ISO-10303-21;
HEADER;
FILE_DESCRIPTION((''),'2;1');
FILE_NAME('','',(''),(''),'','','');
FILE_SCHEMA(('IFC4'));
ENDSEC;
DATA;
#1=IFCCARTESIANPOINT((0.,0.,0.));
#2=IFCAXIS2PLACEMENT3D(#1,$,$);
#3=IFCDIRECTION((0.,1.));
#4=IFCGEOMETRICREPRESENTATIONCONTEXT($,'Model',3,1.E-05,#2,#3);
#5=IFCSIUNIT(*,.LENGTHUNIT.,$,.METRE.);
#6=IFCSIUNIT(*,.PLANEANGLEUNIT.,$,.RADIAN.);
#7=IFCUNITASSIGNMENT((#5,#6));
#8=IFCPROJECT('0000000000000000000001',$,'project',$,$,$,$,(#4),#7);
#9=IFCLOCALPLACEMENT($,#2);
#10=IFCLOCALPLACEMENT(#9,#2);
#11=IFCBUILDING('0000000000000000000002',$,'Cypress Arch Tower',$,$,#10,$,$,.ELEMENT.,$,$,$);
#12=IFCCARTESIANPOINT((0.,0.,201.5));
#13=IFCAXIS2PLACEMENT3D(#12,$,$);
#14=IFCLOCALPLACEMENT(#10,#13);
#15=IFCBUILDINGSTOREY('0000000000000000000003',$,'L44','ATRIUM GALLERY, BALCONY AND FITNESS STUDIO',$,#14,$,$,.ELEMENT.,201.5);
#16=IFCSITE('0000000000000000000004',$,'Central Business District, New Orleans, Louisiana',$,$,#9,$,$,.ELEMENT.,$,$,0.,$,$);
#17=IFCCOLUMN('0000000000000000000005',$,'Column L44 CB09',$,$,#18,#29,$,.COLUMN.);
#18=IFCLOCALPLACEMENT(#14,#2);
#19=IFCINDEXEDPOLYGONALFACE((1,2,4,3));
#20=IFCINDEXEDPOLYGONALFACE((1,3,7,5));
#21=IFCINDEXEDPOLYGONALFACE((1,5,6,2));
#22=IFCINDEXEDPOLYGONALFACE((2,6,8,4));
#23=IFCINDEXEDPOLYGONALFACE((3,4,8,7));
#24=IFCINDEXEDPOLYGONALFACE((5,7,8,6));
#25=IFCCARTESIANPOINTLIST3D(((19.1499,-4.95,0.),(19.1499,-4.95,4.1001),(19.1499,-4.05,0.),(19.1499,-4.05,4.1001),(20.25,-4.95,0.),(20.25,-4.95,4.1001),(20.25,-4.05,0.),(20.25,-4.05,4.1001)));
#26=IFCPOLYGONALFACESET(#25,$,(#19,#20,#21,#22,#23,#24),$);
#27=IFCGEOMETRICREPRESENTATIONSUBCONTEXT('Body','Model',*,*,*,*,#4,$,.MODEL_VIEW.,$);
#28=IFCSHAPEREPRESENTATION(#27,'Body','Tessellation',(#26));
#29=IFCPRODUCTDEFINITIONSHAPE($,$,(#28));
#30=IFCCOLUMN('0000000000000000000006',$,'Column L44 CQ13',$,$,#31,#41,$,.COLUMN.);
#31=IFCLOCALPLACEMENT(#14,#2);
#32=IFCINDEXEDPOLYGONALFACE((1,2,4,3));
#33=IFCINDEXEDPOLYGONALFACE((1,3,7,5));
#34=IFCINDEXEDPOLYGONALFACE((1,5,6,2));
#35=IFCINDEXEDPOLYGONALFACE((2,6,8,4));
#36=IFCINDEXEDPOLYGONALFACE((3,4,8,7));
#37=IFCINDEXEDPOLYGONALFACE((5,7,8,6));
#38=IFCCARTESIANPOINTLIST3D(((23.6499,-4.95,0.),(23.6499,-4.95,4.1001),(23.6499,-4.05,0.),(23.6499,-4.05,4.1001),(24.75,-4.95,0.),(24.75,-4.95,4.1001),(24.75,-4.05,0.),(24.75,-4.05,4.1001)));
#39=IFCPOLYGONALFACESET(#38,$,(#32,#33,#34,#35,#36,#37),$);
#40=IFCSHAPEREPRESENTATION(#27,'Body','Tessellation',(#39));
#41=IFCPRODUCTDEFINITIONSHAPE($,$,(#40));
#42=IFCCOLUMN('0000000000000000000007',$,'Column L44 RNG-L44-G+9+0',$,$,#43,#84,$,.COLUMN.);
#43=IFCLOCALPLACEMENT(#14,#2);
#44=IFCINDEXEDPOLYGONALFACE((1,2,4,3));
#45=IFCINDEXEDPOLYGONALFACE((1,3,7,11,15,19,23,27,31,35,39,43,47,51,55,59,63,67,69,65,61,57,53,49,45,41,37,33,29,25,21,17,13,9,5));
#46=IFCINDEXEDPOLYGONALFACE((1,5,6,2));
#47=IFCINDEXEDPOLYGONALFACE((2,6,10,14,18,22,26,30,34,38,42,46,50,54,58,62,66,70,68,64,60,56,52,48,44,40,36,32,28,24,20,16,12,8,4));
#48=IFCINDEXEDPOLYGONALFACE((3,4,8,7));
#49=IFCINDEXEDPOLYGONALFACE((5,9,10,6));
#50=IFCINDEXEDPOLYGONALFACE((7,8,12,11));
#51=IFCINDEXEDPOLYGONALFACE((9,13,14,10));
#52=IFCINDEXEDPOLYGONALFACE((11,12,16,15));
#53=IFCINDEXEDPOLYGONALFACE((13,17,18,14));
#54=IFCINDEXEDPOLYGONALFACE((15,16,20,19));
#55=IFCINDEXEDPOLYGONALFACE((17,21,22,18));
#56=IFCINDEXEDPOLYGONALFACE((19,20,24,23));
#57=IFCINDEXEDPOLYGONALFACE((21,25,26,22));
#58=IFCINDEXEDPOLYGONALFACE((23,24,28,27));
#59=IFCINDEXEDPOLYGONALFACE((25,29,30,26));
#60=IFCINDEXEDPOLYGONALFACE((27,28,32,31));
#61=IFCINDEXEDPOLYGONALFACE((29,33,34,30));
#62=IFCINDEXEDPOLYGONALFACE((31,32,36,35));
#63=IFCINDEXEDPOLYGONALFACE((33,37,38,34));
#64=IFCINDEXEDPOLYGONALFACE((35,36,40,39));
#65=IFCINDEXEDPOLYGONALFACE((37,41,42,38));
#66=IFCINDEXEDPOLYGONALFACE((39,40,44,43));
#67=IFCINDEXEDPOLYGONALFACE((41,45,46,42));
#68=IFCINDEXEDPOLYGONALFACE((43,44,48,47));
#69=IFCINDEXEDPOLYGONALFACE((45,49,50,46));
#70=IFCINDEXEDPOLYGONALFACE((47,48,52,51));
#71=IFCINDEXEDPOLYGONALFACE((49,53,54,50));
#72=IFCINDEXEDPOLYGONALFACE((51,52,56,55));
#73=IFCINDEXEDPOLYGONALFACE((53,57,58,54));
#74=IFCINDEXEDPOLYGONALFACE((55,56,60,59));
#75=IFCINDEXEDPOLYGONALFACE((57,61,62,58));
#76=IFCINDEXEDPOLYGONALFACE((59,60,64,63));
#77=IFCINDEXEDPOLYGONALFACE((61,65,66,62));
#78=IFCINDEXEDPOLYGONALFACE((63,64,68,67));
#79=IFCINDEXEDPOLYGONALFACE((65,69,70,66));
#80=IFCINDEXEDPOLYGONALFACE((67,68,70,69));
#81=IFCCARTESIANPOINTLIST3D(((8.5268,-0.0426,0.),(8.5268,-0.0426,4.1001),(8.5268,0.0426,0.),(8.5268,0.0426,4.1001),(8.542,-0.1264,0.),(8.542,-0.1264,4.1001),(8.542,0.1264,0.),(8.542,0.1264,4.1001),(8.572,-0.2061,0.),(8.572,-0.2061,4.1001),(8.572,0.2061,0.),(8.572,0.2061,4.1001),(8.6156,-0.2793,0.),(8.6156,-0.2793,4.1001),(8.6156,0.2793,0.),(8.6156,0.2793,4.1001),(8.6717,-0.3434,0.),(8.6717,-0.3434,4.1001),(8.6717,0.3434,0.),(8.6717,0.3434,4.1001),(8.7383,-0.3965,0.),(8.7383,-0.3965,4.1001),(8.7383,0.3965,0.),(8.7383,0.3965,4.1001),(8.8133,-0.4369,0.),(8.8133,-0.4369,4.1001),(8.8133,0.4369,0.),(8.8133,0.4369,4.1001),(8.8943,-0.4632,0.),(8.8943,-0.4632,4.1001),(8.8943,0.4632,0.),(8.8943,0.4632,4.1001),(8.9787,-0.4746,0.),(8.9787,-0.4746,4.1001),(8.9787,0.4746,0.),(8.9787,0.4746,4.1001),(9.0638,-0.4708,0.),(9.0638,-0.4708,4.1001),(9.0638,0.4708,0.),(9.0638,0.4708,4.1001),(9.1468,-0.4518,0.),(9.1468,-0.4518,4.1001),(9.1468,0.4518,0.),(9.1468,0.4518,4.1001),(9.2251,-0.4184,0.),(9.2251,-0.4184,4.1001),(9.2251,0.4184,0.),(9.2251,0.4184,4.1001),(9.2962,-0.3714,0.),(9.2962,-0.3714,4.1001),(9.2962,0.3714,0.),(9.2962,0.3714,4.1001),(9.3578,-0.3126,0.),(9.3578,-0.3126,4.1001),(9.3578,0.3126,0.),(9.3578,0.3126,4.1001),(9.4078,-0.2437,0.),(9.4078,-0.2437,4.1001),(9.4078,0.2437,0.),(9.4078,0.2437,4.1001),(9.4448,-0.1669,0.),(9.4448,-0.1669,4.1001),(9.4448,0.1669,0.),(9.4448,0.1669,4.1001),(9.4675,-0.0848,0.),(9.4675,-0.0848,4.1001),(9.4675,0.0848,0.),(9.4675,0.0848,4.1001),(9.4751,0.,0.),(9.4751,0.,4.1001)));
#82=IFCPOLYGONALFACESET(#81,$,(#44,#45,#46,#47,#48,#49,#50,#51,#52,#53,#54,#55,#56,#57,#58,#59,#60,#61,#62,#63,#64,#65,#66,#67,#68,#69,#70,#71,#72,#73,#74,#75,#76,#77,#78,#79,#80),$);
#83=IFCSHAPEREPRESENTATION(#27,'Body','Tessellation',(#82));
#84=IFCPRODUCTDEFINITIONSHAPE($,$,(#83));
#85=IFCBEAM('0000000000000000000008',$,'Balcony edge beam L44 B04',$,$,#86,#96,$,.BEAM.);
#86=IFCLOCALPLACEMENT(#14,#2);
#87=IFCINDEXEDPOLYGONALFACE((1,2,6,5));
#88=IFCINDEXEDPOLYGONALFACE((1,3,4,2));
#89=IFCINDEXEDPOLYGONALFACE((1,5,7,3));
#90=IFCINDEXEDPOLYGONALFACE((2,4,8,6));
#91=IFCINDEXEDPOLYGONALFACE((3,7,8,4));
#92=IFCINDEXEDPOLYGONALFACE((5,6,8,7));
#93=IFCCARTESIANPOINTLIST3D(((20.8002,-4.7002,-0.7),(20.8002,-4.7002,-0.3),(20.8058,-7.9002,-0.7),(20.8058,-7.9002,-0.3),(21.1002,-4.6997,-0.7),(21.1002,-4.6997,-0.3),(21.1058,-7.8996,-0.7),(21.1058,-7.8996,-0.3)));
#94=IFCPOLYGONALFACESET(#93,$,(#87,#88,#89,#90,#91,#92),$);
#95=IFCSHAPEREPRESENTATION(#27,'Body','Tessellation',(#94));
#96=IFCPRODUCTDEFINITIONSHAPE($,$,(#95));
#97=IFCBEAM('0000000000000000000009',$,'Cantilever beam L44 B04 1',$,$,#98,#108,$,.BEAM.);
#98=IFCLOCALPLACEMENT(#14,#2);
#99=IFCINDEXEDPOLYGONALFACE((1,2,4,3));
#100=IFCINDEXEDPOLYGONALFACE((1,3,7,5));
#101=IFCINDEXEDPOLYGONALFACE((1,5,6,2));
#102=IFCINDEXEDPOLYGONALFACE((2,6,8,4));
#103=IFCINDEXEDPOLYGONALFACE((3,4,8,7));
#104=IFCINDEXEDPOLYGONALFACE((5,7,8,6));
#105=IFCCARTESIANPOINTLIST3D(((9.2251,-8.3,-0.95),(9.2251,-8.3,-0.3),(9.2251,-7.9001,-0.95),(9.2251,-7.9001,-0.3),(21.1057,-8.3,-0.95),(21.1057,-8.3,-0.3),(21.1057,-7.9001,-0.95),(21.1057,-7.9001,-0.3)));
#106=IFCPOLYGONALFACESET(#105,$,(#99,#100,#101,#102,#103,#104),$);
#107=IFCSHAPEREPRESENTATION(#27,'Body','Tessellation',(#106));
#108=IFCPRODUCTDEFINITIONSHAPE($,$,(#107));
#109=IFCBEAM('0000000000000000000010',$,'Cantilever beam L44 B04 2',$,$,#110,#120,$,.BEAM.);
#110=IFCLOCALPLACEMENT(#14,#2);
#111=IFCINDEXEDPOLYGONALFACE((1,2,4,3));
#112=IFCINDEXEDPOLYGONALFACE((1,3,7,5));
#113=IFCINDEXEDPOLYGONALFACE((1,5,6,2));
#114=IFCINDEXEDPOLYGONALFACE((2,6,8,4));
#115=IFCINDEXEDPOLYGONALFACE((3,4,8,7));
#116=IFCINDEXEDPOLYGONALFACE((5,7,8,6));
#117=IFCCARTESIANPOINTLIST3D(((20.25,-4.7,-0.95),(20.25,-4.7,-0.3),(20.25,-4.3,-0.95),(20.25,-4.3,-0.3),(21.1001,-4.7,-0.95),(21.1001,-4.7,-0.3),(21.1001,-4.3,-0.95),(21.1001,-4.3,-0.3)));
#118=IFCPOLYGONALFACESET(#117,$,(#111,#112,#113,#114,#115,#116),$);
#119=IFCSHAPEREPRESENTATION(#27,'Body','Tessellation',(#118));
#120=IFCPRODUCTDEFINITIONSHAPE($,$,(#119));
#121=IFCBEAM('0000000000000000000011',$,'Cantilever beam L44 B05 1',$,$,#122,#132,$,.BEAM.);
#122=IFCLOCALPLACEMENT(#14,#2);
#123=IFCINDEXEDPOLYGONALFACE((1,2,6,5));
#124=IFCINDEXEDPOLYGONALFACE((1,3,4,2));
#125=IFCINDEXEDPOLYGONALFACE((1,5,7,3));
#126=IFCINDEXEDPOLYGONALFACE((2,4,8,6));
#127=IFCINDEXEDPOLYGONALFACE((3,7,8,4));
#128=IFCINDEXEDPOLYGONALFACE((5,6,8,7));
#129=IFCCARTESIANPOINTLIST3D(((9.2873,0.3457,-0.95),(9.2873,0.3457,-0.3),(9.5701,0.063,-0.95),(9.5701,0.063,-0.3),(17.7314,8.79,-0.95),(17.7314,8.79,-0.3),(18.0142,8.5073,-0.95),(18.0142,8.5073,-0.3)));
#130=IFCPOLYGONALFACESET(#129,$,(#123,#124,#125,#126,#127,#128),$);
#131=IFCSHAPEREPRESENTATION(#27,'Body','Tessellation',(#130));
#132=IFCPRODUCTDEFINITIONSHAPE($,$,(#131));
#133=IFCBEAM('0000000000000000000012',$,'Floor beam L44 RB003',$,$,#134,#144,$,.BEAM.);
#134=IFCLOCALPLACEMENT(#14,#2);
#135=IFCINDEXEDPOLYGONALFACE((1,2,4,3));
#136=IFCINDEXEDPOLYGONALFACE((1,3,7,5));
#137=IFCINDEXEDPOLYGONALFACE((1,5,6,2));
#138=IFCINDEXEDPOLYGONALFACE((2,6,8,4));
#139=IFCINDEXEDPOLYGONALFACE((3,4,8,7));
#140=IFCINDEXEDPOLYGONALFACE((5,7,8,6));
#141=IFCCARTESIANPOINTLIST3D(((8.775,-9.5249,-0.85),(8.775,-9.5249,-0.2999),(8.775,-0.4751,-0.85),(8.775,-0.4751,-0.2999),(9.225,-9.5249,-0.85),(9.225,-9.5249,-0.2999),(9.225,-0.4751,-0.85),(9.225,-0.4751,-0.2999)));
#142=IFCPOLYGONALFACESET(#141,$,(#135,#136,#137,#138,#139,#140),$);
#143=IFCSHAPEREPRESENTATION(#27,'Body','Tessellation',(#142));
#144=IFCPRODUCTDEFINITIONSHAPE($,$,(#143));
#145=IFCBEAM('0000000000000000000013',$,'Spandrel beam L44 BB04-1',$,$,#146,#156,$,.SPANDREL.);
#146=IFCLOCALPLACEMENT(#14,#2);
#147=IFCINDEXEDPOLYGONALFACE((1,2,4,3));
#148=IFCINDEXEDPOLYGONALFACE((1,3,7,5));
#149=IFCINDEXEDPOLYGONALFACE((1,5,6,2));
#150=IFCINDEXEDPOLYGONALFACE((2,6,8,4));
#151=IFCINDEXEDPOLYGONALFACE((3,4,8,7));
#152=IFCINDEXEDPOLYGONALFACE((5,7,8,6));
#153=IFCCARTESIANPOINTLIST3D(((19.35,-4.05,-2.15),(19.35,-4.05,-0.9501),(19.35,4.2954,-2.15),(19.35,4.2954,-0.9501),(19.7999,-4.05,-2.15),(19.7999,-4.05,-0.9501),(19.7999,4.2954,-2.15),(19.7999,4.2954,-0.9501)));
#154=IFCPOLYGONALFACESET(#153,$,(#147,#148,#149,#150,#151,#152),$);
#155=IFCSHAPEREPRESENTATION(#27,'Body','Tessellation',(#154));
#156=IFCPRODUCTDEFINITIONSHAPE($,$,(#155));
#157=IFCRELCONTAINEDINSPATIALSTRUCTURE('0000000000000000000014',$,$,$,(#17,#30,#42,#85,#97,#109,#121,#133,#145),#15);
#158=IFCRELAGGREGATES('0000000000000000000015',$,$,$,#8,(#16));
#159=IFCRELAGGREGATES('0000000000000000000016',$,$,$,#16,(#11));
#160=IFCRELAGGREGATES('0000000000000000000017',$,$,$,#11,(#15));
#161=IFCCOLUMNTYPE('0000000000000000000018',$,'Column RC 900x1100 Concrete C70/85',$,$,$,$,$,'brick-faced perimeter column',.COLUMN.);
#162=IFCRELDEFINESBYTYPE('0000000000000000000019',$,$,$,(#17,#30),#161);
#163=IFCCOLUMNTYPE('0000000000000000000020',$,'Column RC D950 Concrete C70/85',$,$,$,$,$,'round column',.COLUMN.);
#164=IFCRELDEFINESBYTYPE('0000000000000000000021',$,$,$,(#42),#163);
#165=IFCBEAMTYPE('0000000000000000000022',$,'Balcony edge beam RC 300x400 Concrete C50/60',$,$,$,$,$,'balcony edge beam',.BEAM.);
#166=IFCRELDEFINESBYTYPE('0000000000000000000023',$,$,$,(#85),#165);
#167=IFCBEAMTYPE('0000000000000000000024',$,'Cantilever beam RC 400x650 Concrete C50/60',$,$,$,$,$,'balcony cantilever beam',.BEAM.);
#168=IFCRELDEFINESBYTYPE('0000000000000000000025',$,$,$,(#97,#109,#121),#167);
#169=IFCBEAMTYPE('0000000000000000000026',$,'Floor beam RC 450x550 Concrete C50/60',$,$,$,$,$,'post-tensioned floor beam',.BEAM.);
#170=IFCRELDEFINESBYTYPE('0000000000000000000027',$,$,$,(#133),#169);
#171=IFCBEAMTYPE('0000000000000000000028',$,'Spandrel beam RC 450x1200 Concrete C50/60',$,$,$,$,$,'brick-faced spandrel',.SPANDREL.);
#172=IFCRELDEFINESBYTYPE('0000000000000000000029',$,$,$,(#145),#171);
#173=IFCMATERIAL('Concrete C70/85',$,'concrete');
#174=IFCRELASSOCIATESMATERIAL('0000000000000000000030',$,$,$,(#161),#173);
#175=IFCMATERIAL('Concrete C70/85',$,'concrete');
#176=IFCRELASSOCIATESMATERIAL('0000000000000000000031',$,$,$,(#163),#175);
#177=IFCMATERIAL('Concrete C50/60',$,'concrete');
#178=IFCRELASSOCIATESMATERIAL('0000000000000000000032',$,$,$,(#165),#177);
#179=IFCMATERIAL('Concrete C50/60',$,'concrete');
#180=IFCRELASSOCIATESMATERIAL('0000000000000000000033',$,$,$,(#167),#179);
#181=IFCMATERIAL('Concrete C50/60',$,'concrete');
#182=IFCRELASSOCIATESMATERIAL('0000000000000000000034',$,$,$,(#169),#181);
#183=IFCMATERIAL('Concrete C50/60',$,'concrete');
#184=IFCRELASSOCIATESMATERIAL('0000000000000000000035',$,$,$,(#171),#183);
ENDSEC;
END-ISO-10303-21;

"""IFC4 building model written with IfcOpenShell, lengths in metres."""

from ifc_helpers import new_model, si_unit, direction, frame, origin, origin_2d, place, context, subcontext, project, spatial, rectangle, circle, extrude, material, material_profile, profile_set, type_object, element, save


model = new_model("IFC4")

# Units and contexts
model_context = context("Model", 3, precision=1e-05, world=origin(), true_north=direction((0.0, 1.0)))
body_context = subcontext(model_context, "Body", "Model", "MODEL_VIEW")
ifc_project = project(units=[si_unit("LENGTHUNIT", "METRE"), si_unit("PLANEANGLEUNIT", "RADIAN")], contexts=[model_context])

# Site, building, storey
site_placement = place(None, origin())
site = spatial("IfcSite", under=ifc_project, at=site_placement, Name="Central Business District, New Orleans, Louisiana", CompositionType="ELEMENT", RefElevation=0.0)
building_placement = place(site_placement, origin())
building = spatial("IfcBuilding", under=site, at=building_placement, Name="Cypress Arch Tower", CompositionType="ELEMENT")
storey_placement = place(building_placement, frame((0.0, 0.0, 201.5)))
storey = spatial("IfcBuildingStorey", under=building, at=storey_placement, Name="L44", Description="ATRIUM GALLERY, BALCONY AND FITNESS STUDIO", CompositionType="ELEMENT", Elevation=201.5)

# Columns
ifc_material_1 = material(Name="Concrete C70/85", Category="concrete")
ifc_material_profile_1 = material_profile(ifc_material_1, rectangle(XDim=0.8999, YDim=1.1001, at=origin_2d()), Name="RC 900x1100")
ifc_profile_set_1 = profile_set([ifc_material_profile_1], Name="Concrete C70/85")
column_type_1 = type_object("IfcColumnType", Name="Column RC 900x1100 Concrete C70/85", ElementType="brick-faced perimeter column", PredefinedType="COLUMN", material=ifc_profile_set_1)
for number, where, z_axis, x_axis, name in (
    (1, (19.7, -4.5, 0.0), (0.0, 0.0, 1.0), (0.0, 1.0, 0.0), "Column L44 CB09"),
    (2, (24.2, -4.5, 0.0), (0.0, 0.0, 1.0), (0.0, 1.0, 0.0), "Column L44 CQ13"),
):
    element("IfcColumn", number, at=place(storey_placement, frame(where, z_axis=z_axis, x_axis=x_axis)), inside=storey, type_object=column_type_1, Name=name, PredefinedType="COLUMN", context=body_context, shape_type="SweptSolid", body=[
        extrude(rectangle(XDim=0.8999, YDim=1.1001, at=origin_2d()), origin(), (0.0, 0.0, 1.0), 4.1001),
    ])
ifc_material_2 = material(Name="Concrete C70/85", Category="concrete")
ifc_material_profile_2 = material_profile(ifc_material_2, circle(Radius=0.4751, at=origin_2d()), Name="RC D950")
ifc_profile_set_2 = profile_set([ifc_material_profile_2], Name="Concrete C70/85")
column_type_2 = type_object("IfcColumnType", Name="Column RC D950 Concrete C70/85", ElementType="round column", PredefinedType="COLUMN", material=ifc_profile_set_2)
column_placement = place(storey_placement, frame((9.0, 0.0, 0.0), z_axis=(0.0, 0.0, 1.0), x_axis=(1.0, 0.0, 0.0)))
element("IfcColumn", 3, at=column_placement, inside=storey, type_object=column_type_2, Name="Column L44 RNG-L44-G+9+0", PredefinedType="COLUMN", context=body_context, shape_type="SweptSolid", body=[
    extrude(circle(Radius=0.4751, at=origin_2d()), origin(), (0.0, 0.0, 1.0), 4.1001),
])

# Beams
ifc_material_3 = material(Name="Concrete C50/60", Category="concrete")
ifc_material_profile_3 = material_profile(ifc_material_3, rectangle(XDim=0.3, YDim=0.3999, at=origin_2d()), Name="RC 300x400")
ifc_profile_set_3 = profile_set([ifc_material_profile_3], Name="Concrete C50/60")
beam_type_1 = type_object("IfcBeamType", Name="Balcony edge beam RC 300x400 Concrete C50/60", ElementType="balcony edge beam", PredefinedType="BEAM", material=ifc_profile_set_3)
beam_1_placement = place(storey_placement, frame((20.9558, -7.8999, -0.5), z_axis=(-0.001755, 0.999998, 0.0), x_axis=(-0.999998, -0.001755, 0.0)))
element("IfcBeam", 4, at=beam_1_placement, inside=storey, type_object=beam_type_1, Name="Balcony edge beam L44 B04", PredefinedType="BEAM", context=body_context, shape_type="SweptSolid", body=[
    extrude(rectangle(XDim=0.3, YDim=0.3999, at=origin_2d()), origin(), (0.0, 0.0, 1.0), 3.2),
])
ifc_material_4 = material(Name="Concrete C50/60", Category="concrete")
ifc_material_profile_4 = material_profile(ifc_material_4, rectangle(XDim=0.3999, YDim=0.6499, at=origin_2d()), Name="RC 400x650")
ifc_profile_set_4 = profile_set([ifc_material_profile_4], Name="Concrete C50/60")
beam_type_2 = type_object("IfcBeamType", Name="Cantilever beam RC 400x650 Concrete C50/60", ElementType="balcony cantilever beam", PredefinedType="BEAM", material=ifc_profile_set_4)
beam_2_placement = place(storey_placement, frame((9.2251, -8.1001, -0.625), z_axis=(1.0, 0.0, 0.0), x_axis=(0.0, 1.0, 0.0)))
element("IfcBeam", 5, at=beam_2_placement, inside=storey, type_object=beam_type_2, Name="Cantilever beam L44 B04 1", PredefinedType="BEAM", context=body_context, shape_type="SweptSolid", body=[
    extrude(rectangle(XDim=0.3999, YDim=0.6499, at=origin_2d()), origin(), (0.0, 0.0, 1.0), 11.8806),
])
beam_3_placement = place(storey_placement, frame((20.25, -4.5, -0.625), z_axis=(1.0, 0.0, 0.0), x_axis=(0.0, 1.0, 0.0)))
element("IfcBeam", 6, at=beam_3_placement, inside=storey, type_object=beam_type_2, Name="Cantilever beam L44 B04 2", PredefinedType="BEAM", context=body_context, shape_type="SweptSolid", body=[
    extrude(rectangle(XDim=0.3999, YDim=0.6499, at=origin_2d()), origin(), (0.0, 0.0, 1.0), 0.8501),
])
beam_4_placement = place(storey_placement, frame((9.4287, 0.2043, -0.625), z_axis=(0.707097, 0.707117, 0.0), x_axis=(-0.707117, 0.707097, 0.0)))
element("IfcBeam", 7, at=beam_4_placement, inside=storey, type_object=beam_type_2, Name="Cantilever beam L44 B05 1", PredefinedType="BEAM", context=body_context, shape_type="SweptSolid", body=[
    extrude(rectangle(XDim=0.3999, YDim=0.6499, at=origin_2d()), origin(), (0.0, 0.0, 1.0), 11.9419),
])
ifc_material_5 = material(Name="Concrete C50/60", Category="concrete")
ifc_material_profile_5 = material_profile(ifc_material_5, rectangle(XDim=0.45, YDim=0.55, at=origin_2d()), Name="RC 450x550")
ifc_profile_set_5 = profile_set([ifc_material_profile_5], Name="Concrete C50/60")
beam_type_3 = type_object("IfcBeamType", Name="Floor beam RC 450x550 Concrete C50/60", ElementType="post-tensioned floor beam", PredefinedType="BEAM", material=ifc_profile_set_5)
beam_5_placement = place(storey_placement, frame((9.0, -9.5249, -0.575), z_axis=(0.0, 1.0, 0.0), x_axis=(-1.0, 0.0, 0.0)))
element("IfcBeam", 8, at=beam_5_placement, inside=storey, type_object=beam_type_3, Name="Floor beam L44 RB003", PredefinedType="BEAM", context=body_context, shape_type="SweptSolid", body=[
    extrude(rectangle(XDim=0.45, YDim=0.55, at=origin_2d()), origin(), (0.0, 0.0, 1.0), 9.0498),
])
ifc_material_6 = material(Name="Concrete C50/60", Category="concrete")
ifc_material_profile_6 = material_profile(ifc_material_6, rectangle(XDim=0.45, YDim=1.2, at=origin_2d()), Name="RC 450x1200")
ifc_profile_set_6 = profile_set([ifc_material_profile_6], Name="Concrete C50/60")
beam_type_4 = type_object("IfcBeamType", Name="Spandrel beam RC 450x1200 Concrete C50/60", ElementType="brick-faced spandrel", PredefinedType="SPANDREL", material=ifc_profile_set_6)
beam_6_placement = place(storey_placement, frame((19.575, -4.05, -1.55), z_axis=(0.0, 1.0, 0.0), x_axis=(-1.0, 0.0, 0.0)))
element("IfcBeam", 9, at=beam_6_placement, inside=storey, type_object=beam_type_4, Name="Spandrel beam L44 BB04-1", PredefinedType="SPANDREL", context=body_context, shape_type="SweptSolid", body=[
    extrude(rectangle(XDim=0.45, YDim=1.2, at=origin_2d()), origin(), (0.0, 0.0, 1.0), 8.3455),
])

save(model, "model.ifc")
